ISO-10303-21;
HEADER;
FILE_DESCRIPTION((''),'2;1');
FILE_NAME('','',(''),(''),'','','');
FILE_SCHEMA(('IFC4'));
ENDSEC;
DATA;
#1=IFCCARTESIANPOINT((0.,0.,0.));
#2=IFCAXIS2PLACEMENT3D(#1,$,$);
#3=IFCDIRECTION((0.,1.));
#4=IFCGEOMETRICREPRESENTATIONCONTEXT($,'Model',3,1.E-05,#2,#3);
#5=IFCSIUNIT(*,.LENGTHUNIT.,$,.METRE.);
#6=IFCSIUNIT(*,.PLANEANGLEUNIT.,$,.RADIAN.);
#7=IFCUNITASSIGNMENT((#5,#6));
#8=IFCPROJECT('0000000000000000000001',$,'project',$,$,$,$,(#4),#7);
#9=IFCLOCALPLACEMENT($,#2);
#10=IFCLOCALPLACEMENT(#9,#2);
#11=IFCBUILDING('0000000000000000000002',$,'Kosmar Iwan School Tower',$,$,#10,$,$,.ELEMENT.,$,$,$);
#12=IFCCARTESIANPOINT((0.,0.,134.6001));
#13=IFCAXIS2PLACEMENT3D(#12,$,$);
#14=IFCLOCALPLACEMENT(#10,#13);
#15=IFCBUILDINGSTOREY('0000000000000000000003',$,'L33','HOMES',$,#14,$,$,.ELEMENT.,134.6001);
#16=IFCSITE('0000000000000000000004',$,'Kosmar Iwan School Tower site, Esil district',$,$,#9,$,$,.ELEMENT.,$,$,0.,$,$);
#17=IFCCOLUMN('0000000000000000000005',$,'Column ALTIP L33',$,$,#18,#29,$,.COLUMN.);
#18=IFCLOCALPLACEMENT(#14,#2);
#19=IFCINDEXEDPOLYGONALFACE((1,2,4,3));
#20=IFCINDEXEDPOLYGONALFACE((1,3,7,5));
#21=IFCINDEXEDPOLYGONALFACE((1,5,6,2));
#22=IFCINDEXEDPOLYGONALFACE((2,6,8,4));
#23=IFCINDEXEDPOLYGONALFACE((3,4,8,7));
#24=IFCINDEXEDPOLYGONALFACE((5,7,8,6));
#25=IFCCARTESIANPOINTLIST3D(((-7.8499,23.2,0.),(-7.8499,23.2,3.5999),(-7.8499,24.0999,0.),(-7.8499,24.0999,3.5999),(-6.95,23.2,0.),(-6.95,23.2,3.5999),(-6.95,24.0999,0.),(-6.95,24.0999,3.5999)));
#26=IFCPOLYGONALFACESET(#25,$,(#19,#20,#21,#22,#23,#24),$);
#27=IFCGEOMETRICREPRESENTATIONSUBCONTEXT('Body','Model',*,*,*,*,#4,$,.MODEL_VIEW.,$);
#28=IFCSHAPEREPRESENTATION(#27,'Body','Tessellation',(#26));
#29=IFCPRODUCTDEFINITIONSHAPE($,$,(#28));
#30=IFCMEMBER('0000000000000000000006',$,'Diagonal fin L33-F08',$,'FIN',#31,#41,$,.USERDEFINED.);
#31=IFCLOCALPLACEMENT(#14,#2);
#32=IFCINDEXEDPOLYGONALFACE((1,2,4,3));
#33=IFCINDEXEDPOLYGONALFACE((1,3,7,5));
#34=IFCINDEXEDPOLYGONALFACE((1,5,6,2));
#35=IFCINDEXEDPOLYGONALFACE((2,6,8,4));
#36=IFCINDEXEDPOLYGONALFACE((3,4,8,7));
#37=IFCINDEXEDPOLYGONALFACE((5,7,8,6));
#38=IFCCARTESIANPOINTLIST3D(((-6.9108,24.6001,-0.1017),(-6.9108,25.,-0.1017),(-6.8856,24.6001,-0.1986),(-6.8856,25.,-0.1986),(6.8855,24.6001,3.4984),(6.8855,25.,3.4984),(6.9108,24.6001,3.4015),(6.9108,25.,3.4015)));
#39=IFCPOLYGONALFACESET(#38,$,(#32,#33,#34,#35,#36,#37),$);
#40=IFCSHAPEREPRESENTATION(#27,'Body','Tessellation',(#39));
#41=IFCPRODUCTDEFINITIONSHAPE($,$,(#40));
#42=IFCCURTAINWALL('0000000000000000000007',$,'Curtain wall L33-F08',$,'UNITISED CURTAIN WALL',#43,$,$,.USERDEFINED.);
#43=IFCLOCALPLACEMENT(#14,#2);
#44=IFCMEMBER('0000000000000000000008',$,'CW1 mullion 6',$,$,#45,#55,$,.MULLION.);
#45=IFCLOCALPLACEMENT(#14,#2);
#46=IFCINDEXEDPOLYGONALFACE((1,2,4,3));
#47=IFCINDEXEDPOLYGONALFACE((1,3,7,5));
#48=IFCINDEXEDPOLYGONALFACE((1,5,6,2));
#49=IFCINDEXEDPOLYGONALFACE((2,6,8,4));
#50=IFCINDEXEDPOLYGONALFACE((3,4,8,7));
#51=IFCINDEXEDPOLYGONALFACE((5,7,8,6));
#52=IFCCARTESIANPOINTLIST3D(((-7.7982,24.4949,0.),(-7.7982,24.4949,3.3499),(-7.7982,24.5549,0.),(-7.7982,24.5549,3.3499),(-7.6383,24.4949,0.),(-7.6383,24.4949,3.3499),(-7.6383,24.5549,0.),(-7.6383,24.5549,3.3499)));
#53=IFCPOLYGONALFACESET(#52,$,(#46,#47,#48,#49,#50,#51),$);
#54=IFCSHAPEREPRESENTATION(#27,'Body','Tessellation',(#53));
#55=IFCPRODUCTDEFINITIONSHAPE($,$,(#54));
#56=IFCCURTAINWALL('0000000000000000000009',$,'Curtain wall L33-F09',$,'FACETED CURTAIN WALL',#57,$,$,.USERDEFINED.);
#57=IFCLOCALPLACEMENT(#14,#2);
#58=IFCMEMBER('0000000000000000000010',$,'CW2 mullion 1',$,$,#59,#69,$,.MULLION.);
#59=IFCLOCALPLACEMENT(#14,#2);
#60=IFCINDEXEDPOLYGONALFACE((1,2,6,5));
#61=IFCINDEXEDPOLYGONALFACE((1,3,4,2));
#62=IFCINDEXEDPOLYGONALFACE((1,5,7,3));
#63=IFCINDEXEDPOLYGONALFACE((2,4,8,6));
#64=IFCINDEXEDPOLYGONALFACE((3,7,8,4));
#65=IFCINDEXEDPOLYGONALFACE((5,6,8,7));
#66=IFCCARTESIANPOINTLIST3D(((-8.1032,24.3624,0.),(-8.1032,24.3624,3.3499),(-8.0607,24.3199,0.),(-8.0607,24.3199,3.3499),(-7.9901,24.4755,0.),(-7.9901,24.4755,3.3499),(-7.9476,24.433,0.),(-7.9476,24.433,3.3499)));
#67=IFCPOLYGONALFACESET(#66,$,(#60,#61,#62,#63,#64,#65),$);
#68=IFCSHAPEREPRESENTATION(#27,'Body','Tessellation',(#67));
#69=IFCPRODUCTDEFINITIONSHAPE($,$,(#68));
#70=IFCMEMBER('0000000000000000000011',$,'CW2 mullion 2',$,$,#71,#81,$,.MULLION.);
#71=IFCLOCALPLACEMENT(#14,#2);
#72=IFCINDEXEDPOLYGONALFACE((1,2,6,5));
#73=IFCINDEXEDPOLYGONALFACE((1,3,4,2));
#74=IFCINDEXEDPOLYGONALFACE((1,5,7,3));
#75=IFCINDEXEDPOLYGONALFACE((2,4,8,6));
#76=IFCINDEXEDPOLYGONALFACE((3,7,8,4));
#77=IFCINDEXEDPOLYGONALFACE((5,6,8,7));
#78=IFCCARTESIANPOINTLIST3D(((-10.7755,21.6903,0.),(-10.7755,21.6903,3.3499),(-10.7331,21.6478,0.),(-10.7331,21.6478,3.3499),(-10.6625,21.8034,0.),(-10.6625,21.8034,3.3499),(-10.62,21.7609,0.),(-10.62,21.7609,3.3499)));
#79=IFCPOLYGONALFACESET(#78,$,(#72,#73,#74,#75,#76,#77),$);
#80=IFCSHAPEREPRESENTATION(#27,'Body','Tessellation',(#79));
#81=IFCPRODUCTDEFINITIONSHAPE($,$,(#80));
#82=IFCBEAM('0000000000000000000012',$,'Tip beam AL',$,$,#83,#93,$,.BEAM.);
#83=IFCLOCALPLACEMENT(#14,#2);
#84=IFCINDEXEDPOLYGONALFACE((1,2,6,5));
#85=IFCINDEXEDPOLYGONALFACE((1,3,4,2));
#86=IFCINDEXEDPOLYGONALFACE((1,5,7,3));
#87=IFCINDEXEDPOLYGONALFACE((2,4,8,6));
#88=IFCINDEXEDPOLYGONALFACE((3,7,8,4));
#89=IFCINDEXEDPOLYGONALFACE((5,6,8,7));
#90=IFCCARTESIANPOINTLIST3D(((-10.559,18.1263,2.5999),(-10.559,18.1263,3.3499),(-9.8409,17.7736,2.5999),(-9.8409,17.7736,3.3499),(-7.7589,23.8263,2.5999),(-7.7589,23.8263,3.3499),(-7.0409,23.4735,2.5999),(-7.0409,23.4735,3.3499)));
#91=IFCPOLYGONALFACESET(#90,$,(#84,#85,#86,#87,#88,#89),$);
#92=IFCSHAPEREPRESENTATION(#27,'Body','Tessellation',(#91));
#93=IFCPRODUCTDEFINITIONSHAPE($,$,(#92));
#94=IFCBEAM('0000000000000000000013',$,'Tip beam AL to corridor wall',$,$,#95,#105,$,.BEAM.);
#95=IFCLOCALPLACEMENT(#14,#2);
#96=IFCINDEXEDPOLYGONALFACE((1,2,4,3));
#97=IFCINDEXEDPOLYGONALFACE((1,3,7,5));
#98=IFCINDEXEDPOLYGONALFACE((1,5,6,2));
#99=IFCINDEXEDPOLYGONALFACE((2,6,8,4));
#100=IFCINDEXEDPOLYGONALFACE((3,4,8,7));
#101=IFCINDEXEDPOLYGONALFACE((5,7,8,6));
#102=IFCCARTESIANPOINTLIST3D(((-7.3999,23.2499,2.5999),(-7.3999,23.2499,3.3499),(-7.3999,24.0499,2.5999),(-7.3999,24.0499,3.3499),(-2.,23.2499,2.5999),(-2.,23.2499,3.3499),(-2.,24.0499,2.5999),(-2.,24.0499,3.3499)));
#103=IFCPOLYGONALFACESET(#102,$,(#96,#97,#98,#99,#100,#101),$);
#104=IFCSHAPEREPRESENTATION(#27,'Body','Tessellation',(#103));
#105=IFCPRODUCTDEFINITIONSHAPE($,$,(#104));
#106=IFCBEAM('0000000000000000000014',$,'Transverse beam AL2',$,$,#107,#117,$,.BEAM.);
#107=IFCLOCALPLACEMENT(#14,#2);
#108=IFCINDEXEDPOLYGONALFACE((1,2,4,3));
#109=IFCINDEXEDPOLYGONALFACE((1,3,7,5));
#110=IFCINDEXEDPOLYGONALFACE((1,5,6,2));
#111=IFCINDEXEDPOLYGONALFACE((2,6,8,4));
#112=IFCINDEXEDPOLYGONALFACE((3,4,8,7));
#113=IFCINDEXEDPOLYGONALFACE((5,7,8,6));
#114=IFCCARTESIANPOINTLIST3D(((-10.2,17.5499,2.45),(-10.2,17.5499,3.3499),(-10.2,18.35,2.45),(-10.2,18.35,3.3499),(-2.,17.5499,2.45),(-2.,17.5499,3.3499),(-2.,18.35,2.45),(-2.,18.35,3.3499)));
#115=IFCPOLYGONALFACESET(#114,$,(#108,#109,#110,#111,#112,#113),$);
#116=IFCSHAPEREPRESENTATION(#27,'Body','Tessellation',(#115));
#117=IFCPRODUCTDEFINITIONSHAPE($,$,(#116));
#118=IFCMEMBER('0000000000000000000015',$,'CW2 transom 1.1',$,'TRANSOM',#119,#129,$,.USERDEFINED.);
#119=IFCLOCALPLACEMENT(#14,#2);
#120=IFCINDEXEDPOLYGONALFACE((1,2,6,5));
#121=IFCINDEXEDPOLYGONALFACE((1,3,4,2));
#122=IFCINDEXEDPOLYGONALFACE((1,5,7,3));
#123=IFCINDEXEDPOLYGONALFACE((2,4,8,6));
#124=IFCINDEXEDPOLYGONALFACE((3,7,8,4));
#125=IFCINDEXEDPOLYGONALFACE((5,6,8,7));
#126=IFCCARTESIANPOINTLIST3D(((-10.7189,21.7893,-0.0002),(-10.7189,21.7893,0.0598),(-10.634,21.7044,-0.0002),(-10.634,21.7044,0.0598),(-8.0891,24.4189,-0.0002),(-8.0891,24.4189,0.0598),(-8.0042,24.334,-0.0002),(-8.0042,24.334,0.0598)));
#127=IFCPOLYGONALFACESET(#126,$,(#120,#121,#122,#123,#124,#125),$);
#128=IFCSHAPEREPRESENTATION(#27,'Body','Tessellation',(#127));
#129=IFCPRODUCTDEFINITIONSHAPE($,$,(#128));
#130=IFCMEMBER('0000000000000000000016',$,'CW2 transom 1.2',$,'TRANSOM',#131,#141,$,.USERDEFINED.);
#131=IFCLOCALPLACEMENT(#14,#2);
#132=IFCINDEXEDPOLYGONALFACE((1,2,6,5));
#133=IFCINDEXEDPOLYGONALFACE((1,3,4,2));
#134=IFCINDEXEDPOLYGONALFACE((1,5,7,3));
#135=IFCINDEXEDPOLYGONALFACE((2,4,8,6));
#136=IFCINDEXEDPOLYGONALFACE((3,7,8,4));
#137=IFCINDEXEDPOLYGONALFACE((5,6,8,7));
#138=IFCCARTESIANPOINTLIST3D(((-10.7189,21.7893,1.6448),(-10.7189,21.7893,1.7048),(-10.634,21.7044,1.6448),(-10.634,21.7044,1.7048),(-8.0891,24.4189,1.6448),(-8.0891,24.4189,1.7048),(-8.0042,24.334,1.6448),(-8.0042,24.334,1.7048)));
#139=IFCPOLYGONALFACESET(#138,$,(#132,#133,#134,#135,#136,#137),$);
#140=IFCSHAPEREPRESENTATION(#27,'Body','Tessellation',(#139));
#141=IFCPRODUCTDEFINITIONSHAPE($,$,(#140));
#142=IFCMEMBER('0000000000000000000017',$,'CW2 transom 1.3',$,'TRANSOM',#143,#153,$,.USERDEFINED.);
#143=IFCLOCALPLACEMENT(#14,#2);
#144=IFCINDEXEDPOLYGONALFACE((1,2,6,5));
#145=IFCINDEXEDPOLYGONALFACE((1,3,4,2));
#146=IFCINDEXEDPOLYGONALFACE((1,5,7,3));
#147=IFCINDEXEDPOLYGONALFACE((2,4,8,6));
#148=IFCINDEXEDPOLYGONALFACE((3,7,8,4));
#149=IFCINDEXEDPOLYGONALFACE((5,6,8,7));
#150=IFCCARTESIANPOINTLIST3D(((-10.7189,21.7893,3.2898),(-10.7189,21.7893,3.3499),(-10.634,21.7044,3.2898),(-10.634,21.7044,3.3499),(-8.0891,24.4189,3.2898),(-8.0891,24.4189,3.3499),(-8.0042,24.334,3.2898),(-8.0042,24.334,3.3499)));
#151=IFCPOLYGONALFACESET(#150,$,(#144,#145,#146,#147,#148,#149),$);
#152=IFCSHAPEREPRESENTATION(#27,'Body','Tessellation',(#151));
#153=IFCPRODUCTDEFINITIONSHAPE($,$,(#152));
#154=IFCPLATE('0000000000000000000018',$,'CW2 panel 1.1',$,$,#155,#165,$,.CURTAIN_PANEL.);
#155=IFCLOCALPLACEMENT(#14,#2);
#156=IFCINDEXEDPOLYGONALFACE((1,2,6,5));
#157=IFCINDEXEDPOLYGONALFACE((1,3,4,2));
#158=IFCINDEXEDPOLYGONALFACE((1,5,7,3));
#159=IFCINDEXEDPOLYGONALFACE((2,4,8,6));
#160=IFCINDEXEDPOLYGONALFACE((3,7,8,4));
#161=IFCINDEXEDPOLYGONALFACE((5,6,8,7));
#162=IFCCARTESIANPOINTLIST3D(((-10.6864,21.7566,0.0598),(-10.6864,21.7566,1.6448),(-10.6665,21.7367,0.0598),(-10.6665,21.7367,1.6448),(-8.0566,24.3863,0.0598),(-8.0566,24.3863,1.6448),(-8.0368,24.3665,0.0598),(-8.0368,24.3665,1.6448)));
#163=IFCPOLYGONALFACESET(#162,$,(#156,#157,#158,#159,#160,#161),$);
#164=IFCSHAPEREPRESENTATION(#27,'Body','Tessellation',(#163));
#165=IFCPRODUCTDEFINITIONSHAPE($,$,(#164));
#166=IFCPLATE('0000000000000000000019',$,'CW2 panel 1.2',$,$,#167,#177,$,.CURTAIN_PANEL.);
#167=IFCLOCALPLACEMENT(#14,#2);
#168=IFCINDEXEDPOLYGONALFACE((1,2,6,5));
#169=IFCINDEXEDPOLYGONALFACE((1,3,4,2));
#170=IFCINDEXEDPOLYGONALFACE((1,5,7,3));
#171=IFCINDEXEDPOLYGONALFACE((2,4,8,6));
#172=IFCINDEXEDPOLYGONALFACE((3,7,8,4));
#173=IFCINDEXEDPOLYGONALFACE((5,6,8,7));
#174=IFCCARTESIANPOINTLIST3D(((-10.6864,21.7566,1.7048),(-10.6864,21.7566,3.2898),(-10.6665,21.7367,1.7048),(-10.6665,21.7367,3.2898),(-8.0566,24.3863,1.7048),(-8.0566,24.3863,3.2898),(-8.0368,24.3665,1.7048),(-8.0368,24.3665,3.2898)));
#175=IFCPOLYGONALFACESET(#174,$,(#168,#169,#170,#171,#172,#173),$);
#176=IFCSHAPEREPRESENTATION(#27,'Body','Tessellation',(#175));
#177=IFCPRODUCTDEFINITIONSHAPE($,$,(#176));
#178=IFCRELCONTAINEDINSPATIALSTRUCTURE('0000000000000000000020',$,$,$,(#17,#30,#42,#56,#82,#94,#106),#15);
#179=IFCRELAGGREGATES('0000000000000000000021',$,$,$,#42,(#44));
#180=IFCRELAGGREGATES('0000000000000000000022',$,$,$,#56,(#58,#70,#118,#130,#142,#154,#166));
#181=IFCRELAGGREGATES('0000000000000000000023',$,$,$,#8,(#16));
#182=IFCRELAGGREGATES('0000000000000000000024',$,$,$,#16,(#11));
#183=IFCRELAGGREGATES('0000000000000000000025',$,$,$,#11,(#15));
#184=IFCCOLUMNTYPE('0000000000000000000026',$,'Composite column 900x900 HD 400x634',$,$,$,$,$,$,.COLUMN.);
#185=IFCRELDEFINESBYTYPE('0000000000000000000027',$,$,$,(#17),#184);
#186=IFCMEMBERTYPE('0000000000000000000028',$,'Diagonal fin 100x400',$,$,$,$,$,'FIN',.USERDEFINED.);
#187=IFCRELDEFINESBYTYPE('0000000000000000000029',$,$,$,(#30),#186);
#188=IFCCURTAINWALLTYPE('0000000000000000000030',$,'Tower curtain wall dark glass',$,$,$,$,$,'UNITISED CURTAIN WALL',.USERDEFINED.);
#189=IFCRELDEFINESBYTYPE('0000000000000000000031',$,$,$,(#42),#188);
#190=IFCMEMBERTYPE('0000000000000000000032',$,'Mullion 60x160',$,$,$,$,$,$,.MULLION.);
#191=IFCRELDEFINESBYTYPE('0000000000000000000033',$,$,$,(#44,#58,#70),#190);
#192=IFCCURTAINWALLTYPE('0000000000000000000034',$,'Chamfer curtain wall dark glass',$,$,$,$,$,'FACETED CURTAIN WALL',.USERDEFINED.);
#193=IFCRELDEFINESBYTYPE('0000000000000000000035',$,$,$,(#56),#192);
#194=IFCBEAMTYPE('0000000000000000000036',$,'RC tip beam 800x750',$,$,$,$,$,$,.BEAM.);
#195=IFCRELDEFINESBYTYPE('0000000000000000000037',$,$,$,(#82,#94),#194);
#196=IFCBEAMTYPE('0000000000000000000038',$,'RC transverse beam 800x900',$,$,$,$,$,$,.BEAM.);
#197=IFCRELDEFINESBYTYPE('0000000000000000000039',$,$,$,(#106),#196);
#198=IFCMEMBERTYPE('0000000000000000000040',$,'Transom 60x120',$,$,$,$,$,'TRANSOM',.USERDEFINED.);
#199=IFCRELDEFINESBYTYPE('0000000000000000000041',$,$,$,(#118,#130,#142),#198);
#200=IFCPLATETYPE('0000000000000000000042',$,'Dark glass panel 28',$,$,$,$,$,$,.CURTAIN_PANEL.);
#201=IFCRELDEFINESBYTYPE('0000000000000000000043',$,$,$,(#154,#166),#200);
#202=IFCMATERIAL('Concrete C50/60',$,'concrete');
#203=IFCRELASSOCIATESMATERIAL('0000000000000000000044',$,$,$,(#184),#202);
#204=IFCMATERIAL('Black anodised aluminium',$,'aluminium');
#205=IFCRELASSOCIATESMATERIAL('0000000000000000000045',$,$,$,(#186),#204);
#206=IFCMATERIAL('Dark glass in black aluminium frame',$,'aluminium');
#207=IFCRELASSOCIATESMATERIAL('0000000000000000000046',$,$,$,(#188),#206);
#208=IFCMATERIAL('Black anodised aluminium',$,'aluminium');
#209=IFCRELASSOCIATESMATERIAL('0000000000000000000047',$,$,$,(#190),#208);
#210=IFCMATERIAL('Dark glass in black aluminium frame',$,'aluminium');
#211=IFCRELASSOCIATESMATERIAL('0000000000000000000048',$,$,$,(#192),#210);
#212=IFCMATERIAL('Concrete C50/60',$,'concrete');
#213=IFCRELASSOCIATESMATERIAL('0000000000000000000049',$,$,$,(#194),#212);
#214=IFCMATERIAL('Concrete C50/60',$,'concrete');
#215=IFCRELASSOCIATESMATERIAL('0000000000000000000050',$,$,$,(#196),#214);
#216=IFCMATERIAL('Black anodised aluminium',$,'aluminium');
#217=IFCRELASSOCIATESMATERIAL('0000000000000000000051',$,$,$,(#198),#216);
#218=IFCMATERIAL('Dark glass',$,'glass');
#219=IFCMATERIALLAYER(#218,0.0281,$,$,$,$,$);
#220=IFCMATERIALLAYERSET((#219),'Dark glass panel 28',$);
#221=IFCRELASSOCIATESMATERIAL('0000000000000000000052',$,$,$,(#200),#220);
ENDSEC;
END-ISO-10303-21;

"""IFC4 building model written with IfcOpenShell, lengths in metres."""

from ifc_helpers import new_model, si_unit, direction, frame, origin, origin_2d, place, context, subcontext, project, spatial, rectangle, extrude, material, layer, layer_set, material_profile, profile_set, type_object, element, aggregate, save


model = new_model("IFC4")

# Units and contexts
model_context = context("Model", 3, precision=1e-05, world=origin(), true_north=direction((0.0, 1.0)))
body_context = subcontext(model_context, "Body", "Model", "MODEL_VIEW")
ifc_project = project(units=[si_unit("LENGTHUNIT", "METRE"), si_unit("PLANEANGLEUNIT", "RADIAN")], contexts=[model_context])

# Site, building, storey
site_placement = place(None, origin())
site = spatial("IfcSite", under=ifc_project, at=site_placement, Name="Kosmar Iwan School Tower site, Esil district", CompositionType="ELEMENT", RefElevation=0.0)
building_placement = place(site_placement, origin())
building = spatial("IfcBuilding", under=site, at=building_placement, Name="Kosmar Iwan School Tower", CompositionType="ELEMENT")
storey_placement = place(building_placement, frame((0.0, 0.0, 134.6001)))
storey = spatial("IfcBuildingStorey", under=building, at=storey_placement, Name="L33", Description="HOMES", CompositionType="ELEMENT", Elevation=134.6001)

# Column
ifc_material_1 = material(Name="Concrete C50/60", Category="concrete")
ifc_material_profile_1 = material_profile(ifc_material_1, rectangle(XDim=0.8999, YDim=0.8999, at=origin_2d()), Name="RC 900x900 + HD 400x634")
ifc_profile_set_1 = profile_set([ifc_material_profile_1], Name="Concrete C50/60")
column_type = type_object("IfcColumnType", Name="Composite column 900x900 HD 400x634", PredefinedType="COLUMN", material=ifc_profile_set_1)
column_placement = place(storey_placement, frame((-7.3999, 23.6499, 0.0), z_axis=(0.0, 0.0, 1.0), x_axis=(0.0, 1.0, 0.0)))
element("IfcColumn", 1, at=column_placement, inside=storey, type_object=column_type, Name="Column ALTIP L33", PredefinedType="COLUMN", context=body_context, shape_type="SweptSolid", body=[
    extrude(rectangle(XDim=0.8999, YDim=0.8999, at=origin_2d()), origin(), (0.0, 0.0, 1.0), 3.5999),
])

# Member
ifc_material_2 = material(Name="Black anodised aluminium", Category="aluminium")
ifc_material_profile_2 = material_profile(ifc_material_2, rectangle(XDim=0.1001, YDim=0.3999, at=origin_2d()), Name="FIN 100x400")
ifc_profile_set_2 = profile_set([ifc_material_profile_2], Name="Black anodised aluminium")
member_type_1 = type_object("IfcMemberType", Name="Diagonal fin 100x400", ElementType="FIN", PredefinedType="USERDEFINED", material=ifc_profile_set_2)
member_1_placement = place(storey_placement, frame((-6.8982, 24.8, -0.1501), z_axis=(0.967599, 0.0, 0.25249), x_axis=(-0.25249, 0.0, 0.967599)))
element("IfcMember", 2, at=member_1_placement, inside=storey, type_object=member_type_1, Name="Diagonal fin L33-F08", ObjectType="FIN", PredefinedType="USERDEFINED", context=body_context, shape_type="SweptSolid", body=[
    extrude(rectangle(XDim=0.1001, YDim=0.3999, at=origin_2d()), origin(), (0.0, 0.0, 1.0), 14.2583),
])

# Curtain wall, member
ifc_material_3 = material(Name="Dark glass in black aluminium frame", Category="aluminium")
curtain_wall_type_1 = type_object("IfcCurtainWallType", Name="Tower curtain wall dark glass", ElementType="UNITISED CURTAIN WALL", PredefinedType="USERDEFINED", material=ifc_material_3)
curtain_wall_1_placement = place(storey_placement, origin())
curtain_wall_1 = element("IfcCurtainWall", 3, at=curtain_wall_1_placement, inside=storey, type_object=curtain_wall_type_1, Name="Curtain wall L33-F08", ObjectType="UNITISED CURTAIN WALL", PredefinedType="USERDEFINED")
ifc_material_4 = material(Name="Black anodised aluminium", Category="aluminium")
ifc_material_profile_3 = material_profile(ifc_material_4, rectangle(XDim=0.0601, YDim=0.1599, at=origin_2d()), Name="MULLION 60x160")
ifc_profile_set_3 = profile_set([ifc_material_profile_3], Name="Black anodised aluminium")
member_type_2 = type_object("IfcMemberType", Name="Mullion 60x160", PredefinedType="MULLION", material=ifc_profile_set_3)
member_2_placement = place(storey_placement, frame((-7.7183, 24.5249, 0.0), z_axis=(0.0, 0.0, 1.0), x_axis=(0.0, -1.0, 0.0)))
member_2 = element("IfcMember", 4, at=member_2_placement, type_object=member_type_2, Name="CW1 mullion 6", PredefinedType="MULLION", context=body_context, shape_type="SweptSolid", body=[
    extrude(rectangle(XDim=0.0601, YDim=0.1599, at=origin_2d()), origin(), (0.0, 0.0, 1.0), 3.3499),
])
aggregate(curtain_wall_1, [member_2])

# Curtain wall, members
ifc_material_5 = material(Name="Dark glass in black aluminium frame", Category="aluminium")
curtain_wall_type_2 = type_object("IfcCurtainWallType", Name="Chamfer curtain wall dark glass", ElementType="FACETED CURTAIN WALL", PredefinedType="USERDEFINED", material=ifc_material_5)
curtain_wall_2_placement = place(storey_placement, origin())
curtain_wall_2 = element("IfcCurtainWall", 5, at=curtain_wall_2_placement, inside=storey, type_object=curtain_wall_type_2, Name="Curtain wall L33-F09", ObjectType="FACETED CURTAIN WALL", PredefinedType="USERDEFINED")
member_3_placement = place(storey_placement, frame((-8.0254, 24.3977, 0.0), z_axis=(0.0, 0.0, 1.0), x_axis=(0.707107, -0.707107, 0.0)))
member_3 = element("IfcMember", 6, at=member_3_placement, type_object=member_type_2, Name="CW2 mullion 1", PredefinedType="MULLION", context=body_context, shape_type="SweptSolid", body=[
    extrude(rectangle(XDim=0.0601, YDim=0.1599, at=origin_2d()), origin(), (0.0, 0.0, 1.0), 3.3499),
])
member_4_placement = place(storey_placement, frame((-10.6978, 21.7256, 0.0), z_axis=(0.0, 0.0, 1.0), x_axis=(0.707107, -0.707107, 0.0)))
member_4 = element("IfcMember", 7, at=member_4_placement, type_object=member_type_2, Name="CW2 mullion 2", PredefinedType="MULLION", context=body_context, shape_type="SweptSolid", body=[
    extrude(rectangle(XDim=0.0601, YDim=0.1599, at=origin_2d()), origin(), (0.0, 0.0, 1.0), 3.3499),
])

# Beams
ifc_material_6 = material(Name="Concrete C50/60", Category="concrete")
ifc_material_profile_4 = material_profile(ifc_material_6, rectangle(XDim=0.8, YDim=0.75, at=origin_2d()), Name="RC 800x750")
ifc_profile_set_4 = profile_set([ifc_material_profile_4], Name="Concrete C50/60")
beam_type_1 = type_object("IfcBeamType", Name="RC tip beam 800x750", PredefinedType="BEAM", material=ifc_profile_set_4)
beam_1_placement = place(storey_placement, frame((-10.2, 17.95, 2.9749), z_axis=(0.440913, 0.89755, 0.0), x_axis=(-0.89755, 0.440913, 0.0)))
element("IfcBeam", 8, at=beam_1_placement, inside=storey, type_object=beam_type_1, Name="Tip beam AL", PredefinedType="BEAM", context=body_context, shape_type="SweptSolid", body=[
    extrude(rectangle(XDim=0.8, YDim=0.75, at=origin_2d()), origin(), (0.0, 0.0, 1.0), 6.3506),
])
beam_2_placement = place(storey_placement, frame((-7.3999, 23.6499, 2.9749), z_axis=(1.0, 0.0, 0.0), x_axis=(0.0, 1.0, 0.0)))
element("IfcBeam", 9, at=beam_2_placement, inside=storey, type_object=beam_type_1, Name="Tip beam AL to corridor wall", PredefinedType="BEAM", context=body_context, shape_type="SweptSolid", body=[
    extrude(rectangle(XDim=0.8, YDim=0.75, at=origin_2d()), origin(), (0.0, 0.0, 1.0), 5.3999),
])
ifc_material_7 = material(Name="Concrete C50/60", Category="concrete")
ifc_material_profile_5 = material_profile(ifc_material_7, rectangle(XDim=0.8, YDim=0.8999, at=origin_2d()), Name="RC 800x900")
ifc_profile_set_5 = profile_set([ifc_material_profile_5], Name="Concrete C50/60")
beam_type_2 = type_object("IfcBeamType", Name="RC transverse beam 800x900", PredefinedType="BEAM", material=ifc_profile_set_5)
beam_3_placement = place(storey_placement, frame((-10.2, 17.95, 2.8999), z_axis=(1.0, 0.0, 0.0), x_axis=(0.0, 1.0, 0.0)))
element("IfcBeam", 10, at=beam_3_placement, inside=storey, type_object=beam_type_2, Name="Transverse beam AL2", PredefinedType="BEAM", context=body_context, shape_type="SweptSolid", body=[
    extrude(rectangle(XDim=0.8, YDim=0.8999, at=origin_2d()), origin(), (0.0, 0.0, 1.0), 8.2),
])

# Members
ifc_material_8 = material(Name="Black anodised aluminium", Category="aluminium")
ifc_material_profile_6 = material_profile(ifc_material_8, rectangle(XDim=0.1201, YDim=0.0601, at=origin_2d()), Name="TRANSOM 60x120")
ifc_profile_set_6 = profile_set([ifc_material_profile_6], Name="Black anodised aluminium")
member_type_3 = type_object("IfcMemberType", Name="Transom 60x120", ElementType="TRANSOM", PredefinedType="USERDEFINED", material=ifc_profile_set_6)
member_5_placement = place(storey_placement, frame((-8.0466, 24.3765, 0.0298), z_axis=(-0.70714, -0.707074, 0.0), x_axis=(0.707074, -0.70714, 0.0)))
member_5 = element("IfcMember", 11, at=member_5_placement, type_object=member_type_3, Name="CW2 transom 1.1", ObjectType="TRANSOM", PredefinedType="USERDEFINED", context=body_context, shape_type="SweptSolid", body=[
    extrude(rectangle(XDim=0.1201, YDim=0.0601, at=origin_2d()), origin(), (0.0, 0.0, 1.0), 3.719),
])
member_6_placement = place(storey_placement, frame((-8.0466, 24.3765, 1.6748), z_axis=(-0.70714, -0.707074, 0.0), x_axis=(0.707074, -0.70714, 0.0)))
member_6 = element("IfcMember", 12, at=member_6_placement, type_object=member_type_3, Name="CW2 transom 1.2", ObjectType="TRANSOM", PredefinedType="USERDEFINED", context=body_context, shape_type="SweptSolid", body=[
    extrude(rectangle(XDim=0.1201, YDim=0.0601, at=origin_2d()), origin(), (0.0, 0.0, 1.0), 3.719),
])
member_7_placement = place(storey_placement, frame((-8.0466, 24.3765, 3.3198), z_axis=(-0.70714, -0.707074, 0.0), x_axis=(0.707074, -0.70714, 0.0)))
member_7 = element("IfcMember", 13, at=member_7_placement, type_object=member_type_3, Name="CW2 transom 1.3", ObjectType="TRANSOM", PredefinedType="USERDEFINED", context=body_context, shape_type="SweptSolid", body=[
    extrude(rectangle(XDim=0.1201, YDim=0.0601, at=origin_2d()), origin(), (0.0, 0.0, 1.0), 3.719),
])

# Plates
ifc_material_9 = material(Name="Dark glass", Category="glass")
ifc_layer = layer(ifc_material_9, 0.0281)
ifc_layer_set = layer_set([ifc_layer], Name="Dark glass panel 28")
plate_type = type_object("IfcPlateType", Name="Dark glass panel 28", PredefinedType="CURTAIN_PANEL", material=ifc_layer_set)
plate_1_placement = place(storey_placement, frame((-9.3616, 23.0615, 0.0598), z_axis=(0.0, 0.0, 1.0), x_axis=(-0.707107, -0.707107, 0.0)))
plate_1 = element("IfcPlate", 14, at=plate_1_placement, type_object=plate_type, Name="CW2 panel 1.1", PredefinedType="CURTAIN_PANEL", context=body_context, shape_type="SweptSolid", body=[
    extrude(rectangle(XDim=3.719, YDim=0.0281, at=origin_2d()), origin(), (0.0, 0.0, 1.0), 1.585),
])
plate_2_placement = place(storey_placement, frame((-9.3616, 23.0615, 1.7048), z_axis=(0.0, 0.0, 1.0), x_axis=(-0.707107, -0.707107, 0.0)))
plate_2 = element("IfcPlate", 15, at=plate_2_placement, type_object=plate_type, Name="CW2 panel 1.2", PredefinedType="CURTAIN_PANEL", context=body_context, shape_type="SweptSolid", body=[
    extrude(rectangle(XDim=3.719, YDim=0.0281, at=origin_2d()), origin(), (0.0, 0.0, 1.0), 1.585),
])
aggregate(curtain_wall_2, [member_3, member_4, member_5, member_6, member_7, plate_1, plate_2])

save(model, "model.ifc")
